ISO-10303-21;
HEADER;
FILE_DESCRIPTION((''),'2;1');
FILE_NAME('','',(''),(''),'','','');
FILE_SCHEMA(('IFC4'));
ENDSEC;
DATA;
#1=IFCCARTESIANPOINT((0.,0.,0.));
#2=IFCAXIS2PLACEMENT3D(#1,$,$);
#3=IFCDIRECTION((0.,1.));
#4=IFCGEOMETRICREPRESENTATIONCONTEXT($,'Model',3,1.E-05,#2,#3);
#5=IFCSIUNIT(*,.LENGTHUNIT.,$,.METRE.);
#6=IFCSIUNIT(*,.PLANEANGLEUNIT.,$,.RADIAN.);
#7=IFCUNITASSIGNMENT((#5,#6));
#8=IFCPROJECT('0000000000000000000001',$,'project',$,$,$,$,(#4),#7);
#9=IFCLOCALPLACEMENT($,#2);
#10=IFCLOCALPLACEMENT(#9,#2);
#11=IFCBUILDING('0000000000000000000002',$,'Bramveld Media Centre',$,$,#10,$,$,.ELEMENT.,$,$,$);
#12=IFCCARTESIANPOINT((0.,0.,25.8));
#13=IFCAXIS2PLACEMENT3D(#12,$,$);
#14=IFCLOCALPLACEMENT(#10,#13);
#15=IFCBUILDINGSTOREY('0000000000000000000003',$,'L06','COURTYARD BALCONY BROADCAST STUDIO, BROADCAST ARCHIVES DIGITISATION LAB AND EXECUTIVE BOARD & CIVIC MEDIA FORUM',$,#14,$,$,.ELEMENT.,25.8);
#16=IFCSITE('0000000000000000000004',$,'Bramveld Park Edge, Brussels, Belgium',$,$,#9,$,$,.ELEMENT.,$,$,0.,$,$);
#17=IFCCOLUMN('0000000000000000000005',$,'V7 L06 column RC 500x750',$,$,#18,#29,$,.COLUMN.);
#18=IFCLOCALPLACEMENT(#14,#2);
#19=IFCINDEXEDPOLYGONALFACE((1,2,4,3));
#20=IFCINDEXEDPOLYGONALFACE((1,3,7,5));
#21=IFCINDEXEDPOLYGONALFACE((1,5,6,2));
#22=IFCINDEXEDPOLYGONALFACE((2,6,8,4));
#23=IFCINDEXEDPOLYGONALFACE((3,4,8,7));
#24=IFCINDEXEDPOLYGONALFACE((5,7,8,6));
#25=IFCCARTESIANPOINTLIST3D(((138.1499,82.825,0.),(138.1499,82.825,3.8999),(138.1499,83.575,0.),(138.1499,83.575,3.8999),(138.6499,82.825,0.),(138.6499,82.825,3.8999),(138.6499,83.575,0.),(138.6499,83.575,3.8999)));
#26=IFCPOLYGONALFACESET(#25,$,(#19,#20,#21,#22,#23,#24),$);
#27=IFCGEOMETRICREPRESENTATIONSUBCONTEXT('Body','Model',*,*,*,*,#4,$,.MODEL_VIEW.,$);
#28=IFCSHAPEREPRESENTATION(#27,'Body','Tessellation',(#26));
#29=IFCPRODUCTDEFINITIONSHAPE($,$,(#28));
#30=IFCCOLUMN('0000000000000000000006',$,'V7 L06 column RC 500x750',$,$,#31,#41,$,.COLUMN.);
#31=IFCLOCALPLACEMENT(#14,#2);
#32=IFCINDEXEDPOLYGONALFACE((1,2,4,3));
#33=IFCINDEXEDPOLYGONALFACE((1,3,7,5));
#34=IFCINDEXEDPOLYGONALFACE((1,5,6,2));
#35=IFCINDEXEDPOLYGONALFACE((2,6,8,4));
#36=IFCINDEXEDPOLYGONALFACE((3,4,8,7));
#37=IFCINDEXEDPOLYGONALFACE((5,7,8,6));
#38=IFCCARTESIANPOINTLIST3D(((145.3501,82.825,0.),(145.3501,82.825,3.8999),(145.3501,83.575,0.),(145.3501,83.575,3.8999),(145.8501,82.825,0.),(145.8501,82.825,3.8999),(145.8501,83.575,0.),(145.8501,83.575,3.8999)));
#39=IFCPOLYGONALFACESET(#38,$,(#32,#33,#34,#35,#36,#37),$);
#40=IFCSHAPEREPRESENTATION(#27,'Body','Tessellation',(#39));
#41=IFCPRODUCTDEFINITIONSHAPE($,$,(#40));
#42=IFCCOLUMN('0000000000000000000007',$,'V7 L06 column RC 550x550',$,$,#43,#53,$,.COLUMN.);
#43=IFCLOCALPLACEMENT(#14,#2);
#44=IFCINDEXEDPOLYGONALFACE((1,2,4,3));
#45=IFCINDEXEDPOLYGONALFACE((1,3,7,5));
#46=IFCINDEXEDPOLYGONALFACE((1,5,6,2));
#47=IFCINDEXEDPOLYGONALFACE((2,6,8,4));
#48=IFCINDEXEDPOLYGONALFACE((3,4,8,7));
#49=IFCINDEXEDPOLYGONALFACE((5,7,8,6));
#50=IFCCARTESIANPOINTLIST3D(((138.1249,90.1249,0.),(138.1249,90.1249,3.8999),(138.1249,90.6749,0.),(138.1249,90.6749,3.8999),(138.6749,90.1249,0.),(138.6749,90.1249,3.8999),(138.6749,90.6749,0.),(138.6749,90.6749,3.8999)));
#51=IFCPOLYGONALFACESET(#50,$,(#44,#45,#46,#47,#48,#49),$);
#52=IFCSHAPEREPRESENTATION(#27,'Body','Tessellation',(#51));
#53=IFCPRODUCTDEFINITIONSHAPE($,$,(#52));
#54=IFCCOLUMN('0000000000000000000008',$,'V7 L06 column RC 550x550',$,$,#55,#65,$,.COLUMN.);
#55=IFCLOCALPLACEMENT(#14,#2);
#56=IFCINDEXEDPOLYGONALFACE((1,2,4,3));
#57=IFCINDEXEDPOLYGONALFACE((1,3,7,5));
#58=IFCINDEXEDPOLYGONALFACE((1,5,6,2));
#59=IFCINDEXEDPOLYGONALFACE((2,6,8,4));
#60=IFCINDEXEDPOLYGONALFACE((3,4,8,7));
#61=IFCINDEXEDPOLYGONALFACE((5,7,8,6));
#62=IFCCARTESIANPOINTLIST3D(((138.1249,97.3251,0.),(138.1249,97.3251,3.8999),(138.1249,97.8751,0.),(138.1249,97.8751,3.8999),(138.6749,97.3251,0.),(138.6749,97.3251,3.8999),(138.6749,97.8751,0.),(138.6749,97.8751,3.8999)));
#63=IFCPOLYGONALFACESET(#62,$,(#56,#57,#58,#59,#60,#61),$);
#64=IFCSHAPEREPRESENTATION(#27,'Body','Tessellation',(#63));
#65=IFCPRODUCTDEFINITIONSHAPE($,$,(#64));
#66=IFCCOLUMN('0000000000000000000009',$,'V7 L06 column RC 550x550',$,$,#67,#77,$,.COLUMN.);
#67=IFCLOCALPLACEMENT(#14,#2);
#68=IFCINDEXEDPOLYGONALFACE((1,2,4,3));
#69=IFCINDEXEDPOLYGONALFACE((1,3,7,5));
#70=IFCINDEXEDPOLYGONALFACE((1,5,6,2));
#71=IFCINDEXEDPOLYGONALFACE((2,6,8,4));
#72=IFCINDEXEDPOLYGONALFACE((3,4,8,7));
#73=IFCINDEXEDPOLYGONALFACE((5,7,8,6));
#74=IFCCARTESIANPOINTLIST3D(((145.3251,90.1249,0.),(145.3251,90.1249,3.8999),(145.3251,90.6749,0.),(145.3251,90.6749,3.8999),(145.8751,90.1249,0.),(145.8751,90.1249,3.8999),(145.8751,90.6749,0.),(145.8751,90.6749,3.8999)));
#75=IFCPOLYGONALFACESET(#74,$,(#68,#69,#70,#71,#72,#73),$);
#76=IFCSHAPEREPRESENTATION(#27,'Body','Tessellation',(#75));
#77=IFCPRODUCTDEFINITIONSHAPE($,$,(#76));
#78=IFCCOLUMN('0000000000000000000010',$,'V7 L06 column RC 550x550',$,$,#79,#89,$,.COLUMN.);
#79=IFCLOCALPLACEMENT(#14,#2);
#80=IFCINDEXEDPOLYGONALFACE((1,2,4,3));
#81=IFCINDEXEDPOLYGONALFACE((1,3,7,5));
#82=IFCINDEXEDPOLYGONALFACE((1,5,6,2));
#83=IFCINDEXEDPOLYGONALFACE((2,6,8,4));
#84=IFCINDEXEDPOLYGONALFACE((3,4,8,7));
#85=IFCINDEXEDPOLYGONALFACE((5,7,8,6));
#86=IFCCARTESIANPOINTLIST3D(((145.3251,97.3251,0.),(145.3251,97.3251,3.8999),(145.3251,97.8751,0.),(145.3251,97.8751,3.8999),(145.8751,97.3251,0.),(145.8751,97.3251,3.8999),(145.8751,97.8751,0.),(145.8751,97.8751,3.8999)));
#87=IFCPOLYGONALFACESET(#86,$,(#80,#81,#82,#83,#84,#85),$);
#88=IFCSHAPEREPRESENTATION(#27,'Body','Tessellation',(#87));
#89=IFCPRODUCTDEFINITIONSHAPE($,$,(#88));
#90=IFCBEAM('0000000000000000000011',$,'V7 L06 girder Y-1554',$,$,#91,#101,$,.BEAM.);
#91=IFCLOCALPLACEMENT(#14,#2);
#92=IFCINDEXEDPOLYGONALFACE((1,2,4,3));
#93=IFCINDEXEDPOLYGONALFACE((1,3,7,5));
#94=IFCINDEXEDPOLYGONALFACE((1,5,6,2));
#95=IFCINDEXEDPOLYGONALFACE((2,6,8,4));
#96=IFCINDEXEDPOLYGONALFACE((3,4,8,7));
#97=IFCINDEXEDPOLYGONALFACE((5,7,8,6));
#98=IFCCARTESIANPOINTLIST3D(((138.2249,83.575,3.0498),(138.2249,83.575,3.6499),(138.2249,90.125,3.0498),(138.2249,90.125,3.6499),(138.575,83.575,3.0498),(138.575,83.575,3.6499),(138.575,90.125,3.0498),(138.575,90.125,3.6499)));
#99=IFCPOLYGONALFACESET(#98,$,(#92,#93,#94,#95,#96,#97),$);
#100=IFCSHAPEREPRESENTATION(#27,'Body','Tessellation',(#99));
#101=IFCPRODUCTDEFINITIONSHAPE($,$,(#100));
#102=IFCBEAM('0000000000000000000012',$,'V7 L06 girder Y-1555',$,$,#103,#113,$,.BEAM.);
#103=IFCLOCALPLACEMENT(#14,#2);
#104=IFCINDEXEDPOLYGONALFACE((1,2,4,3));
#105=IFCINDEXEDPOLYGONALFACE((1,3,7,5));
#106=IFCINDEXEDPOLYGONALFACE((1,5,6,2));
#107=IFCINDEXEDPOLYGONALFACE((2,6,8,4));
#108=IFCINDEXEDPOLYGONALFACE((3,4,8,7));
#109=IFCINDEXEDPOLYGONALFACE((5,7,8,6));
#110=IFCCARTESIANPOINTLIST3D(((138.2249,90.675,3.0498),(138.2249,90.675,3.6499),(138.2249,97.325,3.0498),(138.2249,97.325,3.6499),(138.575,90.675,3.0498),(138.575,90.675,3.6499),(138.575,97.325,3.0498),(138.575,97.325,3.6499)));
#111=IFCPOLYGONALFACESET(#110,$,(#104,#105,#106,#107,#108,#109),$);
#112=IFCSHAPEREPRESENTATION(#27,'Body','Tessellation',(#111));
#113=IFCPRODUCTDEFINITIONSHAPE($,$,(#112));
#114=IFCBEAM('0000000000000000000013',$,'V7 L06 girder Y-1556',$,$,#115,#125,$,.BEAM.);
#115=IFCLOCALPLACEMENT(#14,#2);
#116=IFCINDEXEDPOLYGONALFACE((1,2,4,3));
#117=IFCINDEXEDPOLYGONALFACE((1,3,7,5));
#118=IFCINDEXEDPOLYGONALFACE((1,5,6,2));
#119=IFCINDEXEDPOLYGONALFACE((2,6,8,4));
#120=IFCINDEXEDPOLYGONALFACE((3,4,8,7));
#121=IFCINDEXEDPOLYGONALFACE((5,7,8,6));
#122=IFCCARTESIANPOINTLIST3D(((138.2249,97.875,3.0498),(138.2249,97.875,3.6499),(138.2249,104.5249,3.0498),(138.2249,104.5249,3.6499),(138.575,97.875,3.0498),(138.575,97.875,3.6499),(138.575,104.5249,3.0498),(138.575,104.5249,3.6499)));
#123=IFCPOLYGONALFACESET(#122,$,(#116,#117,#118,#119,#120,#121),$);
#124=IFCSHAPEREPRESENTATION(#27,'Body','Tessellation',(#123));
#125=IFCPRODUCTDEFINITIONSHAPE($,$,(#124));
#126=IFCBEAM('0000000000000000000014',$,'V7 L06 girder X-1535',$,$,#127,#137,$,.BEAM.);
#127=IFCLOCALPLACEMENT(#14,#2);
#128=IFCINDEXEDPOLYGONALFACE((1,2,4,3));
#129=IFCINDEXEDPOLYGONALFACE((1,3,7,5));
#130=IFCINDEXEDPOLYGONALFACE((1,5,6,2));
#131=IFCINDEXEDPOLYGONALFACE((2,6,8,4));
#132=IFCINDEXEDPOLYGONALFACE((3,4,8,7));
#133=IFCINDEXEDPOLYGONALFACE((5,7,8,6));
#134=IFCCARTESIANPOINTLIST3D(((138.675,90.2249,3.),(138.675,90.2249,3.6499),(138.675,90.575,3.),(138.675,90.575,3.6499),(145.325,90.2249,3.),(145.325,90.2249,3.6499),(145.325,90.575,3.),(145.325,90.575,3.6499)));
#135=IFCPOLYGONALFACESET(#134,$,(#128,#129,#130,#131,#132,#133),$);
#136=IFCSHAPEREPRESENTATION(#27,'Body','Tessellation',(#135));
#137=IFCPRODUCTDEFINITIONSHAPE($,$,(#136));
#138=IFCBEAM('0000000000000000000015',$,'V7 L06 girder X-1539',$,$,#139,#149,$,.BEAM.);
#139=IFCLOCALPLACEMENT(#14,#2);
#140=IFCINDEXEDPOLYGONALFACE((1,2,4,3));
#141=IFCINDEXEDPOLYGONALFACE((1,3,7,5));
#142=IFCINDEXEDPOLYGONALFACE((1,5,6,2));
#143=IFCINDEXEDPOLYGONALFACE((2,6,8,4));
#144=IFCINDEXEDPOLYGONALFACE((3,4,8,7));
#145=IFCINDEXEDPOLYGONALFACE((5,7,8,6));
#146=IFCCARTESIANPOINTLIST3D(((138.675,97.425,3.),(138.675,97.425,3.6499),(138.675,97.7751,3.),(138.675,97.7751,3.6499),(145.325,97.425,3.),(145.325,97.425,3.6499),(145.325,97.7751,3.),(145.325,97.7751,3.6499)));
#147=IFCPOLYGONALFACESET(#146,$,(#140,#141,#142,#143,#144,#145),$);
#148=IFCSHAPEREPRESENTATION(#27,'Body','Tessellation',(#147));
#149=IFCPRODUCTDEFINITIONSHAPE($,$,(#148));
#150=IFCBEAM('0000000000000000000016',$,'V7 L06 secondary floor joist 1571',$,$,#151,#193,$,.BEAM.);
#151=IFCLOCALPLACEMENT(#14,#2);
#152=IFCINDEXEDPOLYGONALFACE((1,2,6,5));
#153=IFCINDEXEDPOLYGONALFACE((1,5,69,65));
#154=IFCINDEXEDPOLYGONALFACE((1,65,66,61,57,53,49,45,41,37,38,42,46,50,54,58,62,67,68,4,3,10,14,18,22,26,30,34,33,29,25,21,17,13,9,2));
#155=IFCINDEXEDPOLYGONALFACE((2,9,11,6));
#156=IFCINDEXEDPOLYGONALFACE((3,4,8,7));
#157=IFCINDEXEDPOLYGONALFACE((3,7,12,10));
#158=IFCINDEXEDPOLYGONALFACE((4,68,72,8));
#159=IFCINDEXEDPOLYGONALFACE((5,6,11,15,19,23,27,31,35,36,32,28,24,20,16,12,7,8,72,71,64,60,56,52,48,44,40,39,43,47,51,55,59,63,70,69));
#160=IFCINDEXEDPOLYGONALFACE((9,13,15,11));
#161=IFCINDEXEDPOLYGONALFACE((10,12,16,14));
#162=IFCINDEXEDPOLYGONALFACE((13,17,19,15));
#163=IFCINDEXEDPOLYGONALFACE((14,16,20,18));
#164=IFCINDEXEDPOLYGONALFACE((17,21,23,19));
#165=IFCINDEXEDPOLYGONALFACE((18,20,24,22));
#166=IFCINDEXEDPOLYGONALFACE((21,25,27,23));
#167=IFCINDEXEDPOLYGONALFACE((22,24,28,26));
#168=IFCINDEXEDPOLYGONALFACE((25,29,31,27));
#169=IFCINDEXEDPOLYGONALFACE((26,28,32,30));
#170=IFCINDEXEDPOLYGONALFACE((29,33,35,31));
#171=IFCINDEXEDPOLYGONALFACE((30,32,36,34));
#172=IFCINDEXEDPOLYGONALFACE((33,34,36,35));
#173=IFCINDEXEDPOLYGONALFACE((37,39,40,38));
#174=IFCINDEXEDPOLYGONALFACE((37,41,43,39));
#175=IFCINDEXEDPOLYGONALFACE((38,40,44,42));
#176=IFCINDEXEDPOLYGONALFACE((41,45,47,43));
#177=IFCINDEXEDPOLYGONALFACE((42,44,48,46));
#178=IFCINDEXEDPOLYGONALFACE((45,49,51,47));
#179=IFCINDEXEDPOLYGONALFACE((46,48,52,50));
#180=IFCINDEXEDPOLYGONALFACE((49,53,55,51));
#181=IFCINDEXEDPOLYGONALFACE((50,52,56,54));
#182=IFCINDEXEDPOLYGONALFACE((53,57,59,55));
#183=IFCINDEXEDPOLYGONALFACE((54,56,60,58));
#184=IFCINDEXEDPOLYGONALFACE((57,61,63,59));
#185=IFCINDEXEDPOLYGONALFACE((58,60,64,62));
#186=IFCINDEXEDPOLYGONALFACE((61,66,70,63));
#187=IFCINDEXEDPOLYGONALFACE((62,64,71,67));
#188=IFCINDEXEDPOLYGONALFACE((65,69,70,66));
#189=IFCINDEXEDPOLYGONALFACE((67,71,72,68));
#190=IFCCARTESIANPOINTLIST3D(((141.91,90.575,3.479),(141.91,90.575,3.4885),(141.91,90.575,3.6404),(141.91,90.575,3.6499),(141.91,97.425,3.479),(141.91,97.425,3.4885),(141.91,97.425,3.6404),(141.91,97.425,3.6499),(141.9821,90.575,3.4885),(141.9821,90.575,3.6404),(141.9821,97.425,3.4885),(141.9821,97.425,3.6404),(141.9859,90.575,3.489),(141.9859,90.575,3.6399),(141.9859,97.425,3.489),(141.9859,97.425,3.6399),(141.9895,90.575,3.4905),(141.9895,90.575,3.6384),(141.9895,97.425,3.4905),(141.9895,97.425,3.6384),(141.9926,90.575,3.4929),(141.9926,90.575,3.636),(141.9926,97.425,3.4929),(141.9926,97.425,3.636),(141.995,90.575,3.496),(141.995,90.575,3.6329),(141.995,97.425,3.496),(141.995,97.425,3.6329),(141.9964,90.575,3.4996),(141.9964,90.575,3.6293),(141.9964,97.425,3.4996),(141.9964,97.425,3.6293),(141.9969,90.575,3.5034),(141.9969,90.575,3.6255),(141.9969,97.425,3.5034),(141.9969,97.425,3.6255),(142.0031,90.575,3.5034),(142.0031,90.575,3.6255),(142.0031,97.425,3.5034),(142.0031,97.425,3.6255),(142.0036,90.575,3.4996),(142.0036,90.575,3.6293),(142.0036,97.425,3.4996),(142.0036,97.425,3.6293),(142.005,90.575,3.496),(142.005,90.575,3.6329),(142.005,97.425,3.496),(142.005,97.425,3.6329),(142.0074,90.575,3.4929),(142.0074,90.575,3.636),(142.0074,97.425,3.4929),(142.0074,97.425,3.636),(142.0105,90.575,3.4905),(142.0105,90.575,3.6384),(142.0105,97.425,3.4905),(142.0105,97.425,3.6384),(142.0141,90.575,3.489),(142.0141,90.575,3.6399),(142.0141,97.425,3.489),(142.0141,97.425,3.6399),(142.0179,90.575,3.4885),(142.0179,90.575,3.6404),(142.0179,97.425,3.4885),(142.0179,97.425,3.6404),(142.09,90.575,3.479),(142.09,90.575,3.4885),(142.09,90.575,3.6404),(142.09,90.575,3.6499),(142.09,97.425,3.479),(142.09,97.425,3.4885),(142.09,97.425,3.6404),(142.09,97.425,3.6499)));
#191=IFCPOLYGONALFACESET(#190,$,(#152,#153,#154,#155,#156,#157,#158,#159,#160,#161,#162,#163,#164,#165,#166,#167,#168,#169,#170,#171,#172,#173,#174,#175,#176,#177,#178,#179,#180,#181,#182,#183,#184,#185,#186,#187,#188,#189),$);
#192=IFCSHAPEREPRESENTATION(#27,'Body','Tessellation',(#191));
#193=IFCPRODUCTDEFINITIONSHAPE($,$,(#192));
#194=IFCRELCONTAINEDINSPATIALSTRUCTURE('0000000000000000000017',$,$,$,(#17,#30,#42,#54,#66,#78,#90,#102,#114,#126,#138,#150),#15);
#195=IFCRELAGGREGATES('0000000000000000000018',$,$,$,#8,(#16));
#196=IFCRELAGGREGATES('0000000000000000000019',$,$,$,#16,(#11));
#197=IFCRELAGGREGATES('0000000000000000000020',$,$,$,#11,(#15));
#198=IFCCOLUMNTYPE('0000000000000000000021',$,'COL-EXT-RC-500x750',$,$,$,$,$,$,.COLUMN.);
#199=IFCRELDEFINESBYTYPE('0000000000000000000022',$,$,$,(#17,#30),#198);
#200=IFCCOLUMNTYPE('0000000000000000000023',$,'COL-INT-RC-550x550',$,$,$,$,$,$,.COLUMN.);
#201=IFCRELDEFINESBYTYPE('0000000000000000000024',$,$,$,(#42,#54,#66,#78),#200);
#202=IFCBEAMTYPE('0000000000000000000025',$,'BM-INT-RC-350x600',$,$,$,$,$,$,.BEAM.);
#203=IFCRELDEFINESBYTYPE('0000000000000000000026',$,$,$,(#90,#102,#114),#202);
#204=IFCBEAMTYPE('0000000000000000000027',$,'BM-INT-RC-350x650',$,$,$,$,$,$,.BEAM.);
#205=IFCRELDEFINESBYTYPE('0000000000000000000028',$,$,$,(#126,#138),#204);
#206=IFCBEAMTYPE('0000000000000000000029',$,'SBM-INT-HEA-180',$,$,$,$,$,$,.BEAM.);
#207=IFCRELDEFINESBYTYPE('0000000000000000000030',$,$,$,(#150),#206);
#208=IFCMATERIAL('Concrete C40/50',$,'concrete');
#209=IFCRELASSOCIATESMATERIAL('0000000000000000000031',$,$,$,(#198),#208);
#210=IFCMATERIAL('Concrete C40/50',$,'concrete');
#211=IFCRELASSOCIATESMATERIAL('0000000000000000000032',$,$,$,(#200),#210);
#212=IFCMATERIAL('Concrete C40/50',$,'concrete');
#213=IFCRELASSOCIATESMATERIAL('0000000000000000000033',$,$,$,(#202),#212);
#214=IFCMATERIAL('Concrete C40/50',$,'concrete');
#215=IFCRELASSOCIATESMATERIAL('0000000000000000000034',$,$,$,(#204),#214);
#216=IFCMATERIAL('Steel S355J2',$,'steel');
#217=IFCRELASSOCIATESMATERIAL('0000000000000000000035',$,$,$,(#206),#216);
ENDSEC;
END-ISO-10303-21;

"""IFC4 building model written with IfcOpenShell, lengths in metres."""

from ifc_helpers import new_model, si_unit, direction, frame, origin, origin_2d, place, context, subcontext, project, spatial, rectangle, i_section, extrude, material, material_profile, profile_set, type_object, element, save


model = new_model("IFC4")

# Units and contexts
model_context = context("Model", 3, precision=1e-05, world=origin(), true_north=direction((0.0, 1.0)))
body_context = subcontext(model_context, "Body", "Model", "MODEL_VIEW")
ifc_project = project(units=[si_unit("LENGTHUNIT", "METRE"), si_unit("PLANEANGLEUNIT", "RADIAN")], contexts=[model_context])

# Site, building, storey
site_placement = place(None, origin())
site = spatial("IfcSite", under=ifc_project, at=site_placement, Name="Bramveld Park Edge, Brussels, Belgium", CompositionType="ELEMENT", RefElevation=0.0)
building_placement = place(site_placement, origin())
building = spatial("IfcBuilding", under=site, at=building_placement, Name="Bramveld Media Centre", CompositionType="ELEMENT")
storey_placement = place(building_placement, frame((0.0, 0.0, 25.8)))
storey = spatial("IfcBuildingStorey", under=building, at=storey_placement, Name="L06", Description="COURTYARD BALCONY BROADCAST STUDIO, BROADCAST ARCHIVES DIGITISATION LAB AND EXECUTIVE BOARD & CIVIC MEDIA FORUM", CompositionType="ELEMENT", Elevation=25.8)

# Columns
ifc_material_1 = material(Name="Concrete C40/50", Category="concrete")
ifc_material_profile_1 = material_profile(ifc_material_1, rectangle(XDim=0.5, YDim=0.75, at=origin_2d()), Name="RC 500x750")
ifc_profile_set_1 = profile_set([ifc_material_profile_1], Name="Concrete C40/50")
column_type_1 = type_object("IfcColumnType", Name="COL-EXT-RC-500x750", PredefinedType="COLUMN", material=ifc_profile_set_1)
for number, where, z_axis, x_axis, name in (
    (1, (138.3999, 83.2, 0.0), (0.0, 0.0, 1.0), (1.0, 0.0, 0.0), "V7 L06 column RC 500x750"),
    (2, (145.6001, 83.2, 0.0), (0.0, 0.0, 1.0), (1.0, 0.0, 0.0), "V7 L06 column RC 500x750"),
):
    element("IfcColumn", number, at=place(storey_placement, frame(where, z_axis=z_axis, x_axis=x_axis)), inside=storey, type_object=column_type_1, Name=name, PredefinedType="COLUMN", context=body_context, shape_type="SweptSolid", body=[
        extrude(rectangle(XDim=0.5, YDim=0.75, at=origin_2d()), origin(), (0.0, 0.0, 1.0), 3.8999),
    ])
ifc_material_2 = material(Name="Concrete C40/50", Category="concrete")
ifc_material_profile_2 = material_profile(ifc_material_2, rectangle(XDim=0.55, YDim=0.55, at=origin_2d()), Name="RC 550x550")
ifc_profile_set_2 = profile_set([ifc_material_profile_2], Name="Concrete C40/50")
column_type_2 = type_object("IfcColumnType", Name="COL-INT-RC-550x550", PredefinedType="COLUMN", material=ifc_profile_set_2)
for number, where, z_axis, x_axis, name in (
    (3, (138.3999, 90.3999, 0.0), (0.0, 0.0, 1.0), (1.0, 0.0, 0.0), "V7 L06 column RC 550x550"),
    (4, (138.3999, 97.6001, 0.0), (0.0, 0.0, 1.0), (1.0, 0.0, 0.0), "V7 L06 column RC 550x550"),
    (5, (145.6001, 90.3999, 0.0), (0.0, 0.0, 1.0), (1.0, 0.0, 0.0), "V7 L06 column RC 550x550"),
    (6, (145.6001, 97.6001, 0.0), (0.0, 0.0, 1.0), (1.0, 0.0, 0.0), "V7 L06 column RC 550x550"),
):
    element("IfcColumn", number, at=place(storey_placement, frame(where, z_axis=z_axis, x_axis=x_axis)), inside=storey, type_object=column_type_2, Name=name, PredefinedType="COLUMN", context=body_context, shape_type="SweptSolid", body=[
        extrude(rectangle(XDim=0.55, YDim=0.55, at=origin_2d()), origin(), (0.0, 0.0, 1.0), 3.8999),
    ])

# Beams
ifc_material_3 = material(Name="Concrete C40/50", Category="concrete")
ifc_material_profile_3 = material_profile(ifc_material_3, rectangle(XDim=0.3501, YDim=0.6001, at=origin_2d()), Name="RC 350x600")
ifc_profile_set_3 = profile_set([ifc_material_profile_3], Name="Concrete C40/50")
beam_type_1 = type_object("IfcBeamType", Name="BM-INT-RC-350x600", PredefinedType="BEAM", material=ifc_profile_set_3)
beam_1_placement = place(storey_placement, frame((138.3999, 83.575, 3.3499), z_axis=(0.0, 1.0, 0.0), x_axis=(-1.0, 0.0, 0.0)))
element("IfcBeam", 7, at=beam_1_placement, inside=storey, type_object=beam_type_1, Name="V7 L06 girder Y-1554", PredefinedType="BEAM", context=body_context, shape_type="SweptSolid", body=[
    extrude(rectangle(XDim=0.3501, YDim=0.6001, at=origin_2d()), origin(), (0.0, 0.0, 1.0), 6.55),
])
for number, where, z_axis, x_axis, name in (
    (8, (138.3999, 90.675, 3.3499), (0.0, 1.0, 0.0), (-1.0, 0.0, 0.0), "V7 L06 girder Y-1555"),
    (9, (138.3999, 97.875, 3.3499), (0.0, 1.0, 0.0), (-1.0, 0.0, 0.0), "V7 L06 girder Y-1556"),
):
    element("IfcBeam", number, at=place(storey_placement, frame(where, z_axis=z_axis, x_axis=x_axis)), inside=storey, type_object=beam_type_1, Name=name, PredefinedType="BEAM", context=body_context, shape_type="SweptSolid", body=[
        extrude(rectangle(XDim=0.3501, YDim=0.6001, at=origin_2d()), origin(), (0.0, 0.0, 1.0), 6.6499),
    ])
ifc_material_4 = material(Name="Concrete C40/50", Category="concrete")
ifc_material_profile_4 = material_profile(ifc_material_4, rectangle(XDim=0.3501, YDim=0.6499, at=origin_2d()), Name="RC 350x650")
ifc_profile_set_4 = profile_set([ifc_material_profile_4], Name="Concrete C40/50")
beam_type_2 = type_object("IfcBeamType", Name="BM-INT-RC-350x650", PredefinedType="BEAM", material=ifc_profile_set_4)
for number, where, z_axis, x_axis, name in (
    (10, (138.675, 90.3999, 3.325), (1.0, 0.0, 0.0), (0.0, 1.0, 0.0), "V7 L06 girder X-1535"),
    (11, (138.675, 97.6001, 3.325), (1.0, 0.0, 0.0), (0.0, 1.0, 0.0), "V7 L06 girder X-1539"),
):
    element("IfcBeam", number, at=place(storey_placement, frame(where, z_axis=z_axis, x_axis=x_axis)), inside=storey, type_object=beam_type_2, Name=name, PredefinedType="BEAM", context=body_context, shape_type="SweptSolid", body=[
        extrude(rectangle(XDim=0.3501, YDim=0.6499, at=origin_2d()), origin(), (0.0, 0.0, 1.0), 6.6499),
    ])
ifc_material_5 = material(Name="Steel S355J2", Category="steel")
ifc_material_profile_5 = material_profile(ifc_material_5, i_section(OverallWidth=0.1799, OverallDepth=0.1709, WebThickness=0.0061, FlangeThickness=0.0095, FilletRadius=0.0149, at=origin_2d()), Name="HEA 180")
ifc_profile_set_5 = profile_set([ifc_material_profile_5], Name="Steel S355J2")
beam_type_3 = type_object("IfcBeamType", Name="SBM-INT-HEA-180", PredefinedType="BEAM", material=ifc_profile_set_5)
beam_2_placement = place(storey_placement, frame((142.0, 90.575, 3.5645), z_axis=(0.0, 1.0, 0.0), x_axis=(-1.0, 0.0, 0.0)))
element("IfcBeam", 12, at=beam_2_placement, inside=storey, type_object=beam_type_3, Name="V7 L06 secondary floor joist 1571", PredefinedType="BEAM", context=body_context, shape_type="SweptSolid", body=[
    extrude(i_section(OverallWidth=0.1799, OverallDepth=0.1709, WebThickness=0.0061, FlangeThickness=0.0095, FilletRadius=0.0149, at=origin_2d()), origin(), (0.0, 0.0, 1.0), 6.8501),
])

save(model, "model.ifc")
